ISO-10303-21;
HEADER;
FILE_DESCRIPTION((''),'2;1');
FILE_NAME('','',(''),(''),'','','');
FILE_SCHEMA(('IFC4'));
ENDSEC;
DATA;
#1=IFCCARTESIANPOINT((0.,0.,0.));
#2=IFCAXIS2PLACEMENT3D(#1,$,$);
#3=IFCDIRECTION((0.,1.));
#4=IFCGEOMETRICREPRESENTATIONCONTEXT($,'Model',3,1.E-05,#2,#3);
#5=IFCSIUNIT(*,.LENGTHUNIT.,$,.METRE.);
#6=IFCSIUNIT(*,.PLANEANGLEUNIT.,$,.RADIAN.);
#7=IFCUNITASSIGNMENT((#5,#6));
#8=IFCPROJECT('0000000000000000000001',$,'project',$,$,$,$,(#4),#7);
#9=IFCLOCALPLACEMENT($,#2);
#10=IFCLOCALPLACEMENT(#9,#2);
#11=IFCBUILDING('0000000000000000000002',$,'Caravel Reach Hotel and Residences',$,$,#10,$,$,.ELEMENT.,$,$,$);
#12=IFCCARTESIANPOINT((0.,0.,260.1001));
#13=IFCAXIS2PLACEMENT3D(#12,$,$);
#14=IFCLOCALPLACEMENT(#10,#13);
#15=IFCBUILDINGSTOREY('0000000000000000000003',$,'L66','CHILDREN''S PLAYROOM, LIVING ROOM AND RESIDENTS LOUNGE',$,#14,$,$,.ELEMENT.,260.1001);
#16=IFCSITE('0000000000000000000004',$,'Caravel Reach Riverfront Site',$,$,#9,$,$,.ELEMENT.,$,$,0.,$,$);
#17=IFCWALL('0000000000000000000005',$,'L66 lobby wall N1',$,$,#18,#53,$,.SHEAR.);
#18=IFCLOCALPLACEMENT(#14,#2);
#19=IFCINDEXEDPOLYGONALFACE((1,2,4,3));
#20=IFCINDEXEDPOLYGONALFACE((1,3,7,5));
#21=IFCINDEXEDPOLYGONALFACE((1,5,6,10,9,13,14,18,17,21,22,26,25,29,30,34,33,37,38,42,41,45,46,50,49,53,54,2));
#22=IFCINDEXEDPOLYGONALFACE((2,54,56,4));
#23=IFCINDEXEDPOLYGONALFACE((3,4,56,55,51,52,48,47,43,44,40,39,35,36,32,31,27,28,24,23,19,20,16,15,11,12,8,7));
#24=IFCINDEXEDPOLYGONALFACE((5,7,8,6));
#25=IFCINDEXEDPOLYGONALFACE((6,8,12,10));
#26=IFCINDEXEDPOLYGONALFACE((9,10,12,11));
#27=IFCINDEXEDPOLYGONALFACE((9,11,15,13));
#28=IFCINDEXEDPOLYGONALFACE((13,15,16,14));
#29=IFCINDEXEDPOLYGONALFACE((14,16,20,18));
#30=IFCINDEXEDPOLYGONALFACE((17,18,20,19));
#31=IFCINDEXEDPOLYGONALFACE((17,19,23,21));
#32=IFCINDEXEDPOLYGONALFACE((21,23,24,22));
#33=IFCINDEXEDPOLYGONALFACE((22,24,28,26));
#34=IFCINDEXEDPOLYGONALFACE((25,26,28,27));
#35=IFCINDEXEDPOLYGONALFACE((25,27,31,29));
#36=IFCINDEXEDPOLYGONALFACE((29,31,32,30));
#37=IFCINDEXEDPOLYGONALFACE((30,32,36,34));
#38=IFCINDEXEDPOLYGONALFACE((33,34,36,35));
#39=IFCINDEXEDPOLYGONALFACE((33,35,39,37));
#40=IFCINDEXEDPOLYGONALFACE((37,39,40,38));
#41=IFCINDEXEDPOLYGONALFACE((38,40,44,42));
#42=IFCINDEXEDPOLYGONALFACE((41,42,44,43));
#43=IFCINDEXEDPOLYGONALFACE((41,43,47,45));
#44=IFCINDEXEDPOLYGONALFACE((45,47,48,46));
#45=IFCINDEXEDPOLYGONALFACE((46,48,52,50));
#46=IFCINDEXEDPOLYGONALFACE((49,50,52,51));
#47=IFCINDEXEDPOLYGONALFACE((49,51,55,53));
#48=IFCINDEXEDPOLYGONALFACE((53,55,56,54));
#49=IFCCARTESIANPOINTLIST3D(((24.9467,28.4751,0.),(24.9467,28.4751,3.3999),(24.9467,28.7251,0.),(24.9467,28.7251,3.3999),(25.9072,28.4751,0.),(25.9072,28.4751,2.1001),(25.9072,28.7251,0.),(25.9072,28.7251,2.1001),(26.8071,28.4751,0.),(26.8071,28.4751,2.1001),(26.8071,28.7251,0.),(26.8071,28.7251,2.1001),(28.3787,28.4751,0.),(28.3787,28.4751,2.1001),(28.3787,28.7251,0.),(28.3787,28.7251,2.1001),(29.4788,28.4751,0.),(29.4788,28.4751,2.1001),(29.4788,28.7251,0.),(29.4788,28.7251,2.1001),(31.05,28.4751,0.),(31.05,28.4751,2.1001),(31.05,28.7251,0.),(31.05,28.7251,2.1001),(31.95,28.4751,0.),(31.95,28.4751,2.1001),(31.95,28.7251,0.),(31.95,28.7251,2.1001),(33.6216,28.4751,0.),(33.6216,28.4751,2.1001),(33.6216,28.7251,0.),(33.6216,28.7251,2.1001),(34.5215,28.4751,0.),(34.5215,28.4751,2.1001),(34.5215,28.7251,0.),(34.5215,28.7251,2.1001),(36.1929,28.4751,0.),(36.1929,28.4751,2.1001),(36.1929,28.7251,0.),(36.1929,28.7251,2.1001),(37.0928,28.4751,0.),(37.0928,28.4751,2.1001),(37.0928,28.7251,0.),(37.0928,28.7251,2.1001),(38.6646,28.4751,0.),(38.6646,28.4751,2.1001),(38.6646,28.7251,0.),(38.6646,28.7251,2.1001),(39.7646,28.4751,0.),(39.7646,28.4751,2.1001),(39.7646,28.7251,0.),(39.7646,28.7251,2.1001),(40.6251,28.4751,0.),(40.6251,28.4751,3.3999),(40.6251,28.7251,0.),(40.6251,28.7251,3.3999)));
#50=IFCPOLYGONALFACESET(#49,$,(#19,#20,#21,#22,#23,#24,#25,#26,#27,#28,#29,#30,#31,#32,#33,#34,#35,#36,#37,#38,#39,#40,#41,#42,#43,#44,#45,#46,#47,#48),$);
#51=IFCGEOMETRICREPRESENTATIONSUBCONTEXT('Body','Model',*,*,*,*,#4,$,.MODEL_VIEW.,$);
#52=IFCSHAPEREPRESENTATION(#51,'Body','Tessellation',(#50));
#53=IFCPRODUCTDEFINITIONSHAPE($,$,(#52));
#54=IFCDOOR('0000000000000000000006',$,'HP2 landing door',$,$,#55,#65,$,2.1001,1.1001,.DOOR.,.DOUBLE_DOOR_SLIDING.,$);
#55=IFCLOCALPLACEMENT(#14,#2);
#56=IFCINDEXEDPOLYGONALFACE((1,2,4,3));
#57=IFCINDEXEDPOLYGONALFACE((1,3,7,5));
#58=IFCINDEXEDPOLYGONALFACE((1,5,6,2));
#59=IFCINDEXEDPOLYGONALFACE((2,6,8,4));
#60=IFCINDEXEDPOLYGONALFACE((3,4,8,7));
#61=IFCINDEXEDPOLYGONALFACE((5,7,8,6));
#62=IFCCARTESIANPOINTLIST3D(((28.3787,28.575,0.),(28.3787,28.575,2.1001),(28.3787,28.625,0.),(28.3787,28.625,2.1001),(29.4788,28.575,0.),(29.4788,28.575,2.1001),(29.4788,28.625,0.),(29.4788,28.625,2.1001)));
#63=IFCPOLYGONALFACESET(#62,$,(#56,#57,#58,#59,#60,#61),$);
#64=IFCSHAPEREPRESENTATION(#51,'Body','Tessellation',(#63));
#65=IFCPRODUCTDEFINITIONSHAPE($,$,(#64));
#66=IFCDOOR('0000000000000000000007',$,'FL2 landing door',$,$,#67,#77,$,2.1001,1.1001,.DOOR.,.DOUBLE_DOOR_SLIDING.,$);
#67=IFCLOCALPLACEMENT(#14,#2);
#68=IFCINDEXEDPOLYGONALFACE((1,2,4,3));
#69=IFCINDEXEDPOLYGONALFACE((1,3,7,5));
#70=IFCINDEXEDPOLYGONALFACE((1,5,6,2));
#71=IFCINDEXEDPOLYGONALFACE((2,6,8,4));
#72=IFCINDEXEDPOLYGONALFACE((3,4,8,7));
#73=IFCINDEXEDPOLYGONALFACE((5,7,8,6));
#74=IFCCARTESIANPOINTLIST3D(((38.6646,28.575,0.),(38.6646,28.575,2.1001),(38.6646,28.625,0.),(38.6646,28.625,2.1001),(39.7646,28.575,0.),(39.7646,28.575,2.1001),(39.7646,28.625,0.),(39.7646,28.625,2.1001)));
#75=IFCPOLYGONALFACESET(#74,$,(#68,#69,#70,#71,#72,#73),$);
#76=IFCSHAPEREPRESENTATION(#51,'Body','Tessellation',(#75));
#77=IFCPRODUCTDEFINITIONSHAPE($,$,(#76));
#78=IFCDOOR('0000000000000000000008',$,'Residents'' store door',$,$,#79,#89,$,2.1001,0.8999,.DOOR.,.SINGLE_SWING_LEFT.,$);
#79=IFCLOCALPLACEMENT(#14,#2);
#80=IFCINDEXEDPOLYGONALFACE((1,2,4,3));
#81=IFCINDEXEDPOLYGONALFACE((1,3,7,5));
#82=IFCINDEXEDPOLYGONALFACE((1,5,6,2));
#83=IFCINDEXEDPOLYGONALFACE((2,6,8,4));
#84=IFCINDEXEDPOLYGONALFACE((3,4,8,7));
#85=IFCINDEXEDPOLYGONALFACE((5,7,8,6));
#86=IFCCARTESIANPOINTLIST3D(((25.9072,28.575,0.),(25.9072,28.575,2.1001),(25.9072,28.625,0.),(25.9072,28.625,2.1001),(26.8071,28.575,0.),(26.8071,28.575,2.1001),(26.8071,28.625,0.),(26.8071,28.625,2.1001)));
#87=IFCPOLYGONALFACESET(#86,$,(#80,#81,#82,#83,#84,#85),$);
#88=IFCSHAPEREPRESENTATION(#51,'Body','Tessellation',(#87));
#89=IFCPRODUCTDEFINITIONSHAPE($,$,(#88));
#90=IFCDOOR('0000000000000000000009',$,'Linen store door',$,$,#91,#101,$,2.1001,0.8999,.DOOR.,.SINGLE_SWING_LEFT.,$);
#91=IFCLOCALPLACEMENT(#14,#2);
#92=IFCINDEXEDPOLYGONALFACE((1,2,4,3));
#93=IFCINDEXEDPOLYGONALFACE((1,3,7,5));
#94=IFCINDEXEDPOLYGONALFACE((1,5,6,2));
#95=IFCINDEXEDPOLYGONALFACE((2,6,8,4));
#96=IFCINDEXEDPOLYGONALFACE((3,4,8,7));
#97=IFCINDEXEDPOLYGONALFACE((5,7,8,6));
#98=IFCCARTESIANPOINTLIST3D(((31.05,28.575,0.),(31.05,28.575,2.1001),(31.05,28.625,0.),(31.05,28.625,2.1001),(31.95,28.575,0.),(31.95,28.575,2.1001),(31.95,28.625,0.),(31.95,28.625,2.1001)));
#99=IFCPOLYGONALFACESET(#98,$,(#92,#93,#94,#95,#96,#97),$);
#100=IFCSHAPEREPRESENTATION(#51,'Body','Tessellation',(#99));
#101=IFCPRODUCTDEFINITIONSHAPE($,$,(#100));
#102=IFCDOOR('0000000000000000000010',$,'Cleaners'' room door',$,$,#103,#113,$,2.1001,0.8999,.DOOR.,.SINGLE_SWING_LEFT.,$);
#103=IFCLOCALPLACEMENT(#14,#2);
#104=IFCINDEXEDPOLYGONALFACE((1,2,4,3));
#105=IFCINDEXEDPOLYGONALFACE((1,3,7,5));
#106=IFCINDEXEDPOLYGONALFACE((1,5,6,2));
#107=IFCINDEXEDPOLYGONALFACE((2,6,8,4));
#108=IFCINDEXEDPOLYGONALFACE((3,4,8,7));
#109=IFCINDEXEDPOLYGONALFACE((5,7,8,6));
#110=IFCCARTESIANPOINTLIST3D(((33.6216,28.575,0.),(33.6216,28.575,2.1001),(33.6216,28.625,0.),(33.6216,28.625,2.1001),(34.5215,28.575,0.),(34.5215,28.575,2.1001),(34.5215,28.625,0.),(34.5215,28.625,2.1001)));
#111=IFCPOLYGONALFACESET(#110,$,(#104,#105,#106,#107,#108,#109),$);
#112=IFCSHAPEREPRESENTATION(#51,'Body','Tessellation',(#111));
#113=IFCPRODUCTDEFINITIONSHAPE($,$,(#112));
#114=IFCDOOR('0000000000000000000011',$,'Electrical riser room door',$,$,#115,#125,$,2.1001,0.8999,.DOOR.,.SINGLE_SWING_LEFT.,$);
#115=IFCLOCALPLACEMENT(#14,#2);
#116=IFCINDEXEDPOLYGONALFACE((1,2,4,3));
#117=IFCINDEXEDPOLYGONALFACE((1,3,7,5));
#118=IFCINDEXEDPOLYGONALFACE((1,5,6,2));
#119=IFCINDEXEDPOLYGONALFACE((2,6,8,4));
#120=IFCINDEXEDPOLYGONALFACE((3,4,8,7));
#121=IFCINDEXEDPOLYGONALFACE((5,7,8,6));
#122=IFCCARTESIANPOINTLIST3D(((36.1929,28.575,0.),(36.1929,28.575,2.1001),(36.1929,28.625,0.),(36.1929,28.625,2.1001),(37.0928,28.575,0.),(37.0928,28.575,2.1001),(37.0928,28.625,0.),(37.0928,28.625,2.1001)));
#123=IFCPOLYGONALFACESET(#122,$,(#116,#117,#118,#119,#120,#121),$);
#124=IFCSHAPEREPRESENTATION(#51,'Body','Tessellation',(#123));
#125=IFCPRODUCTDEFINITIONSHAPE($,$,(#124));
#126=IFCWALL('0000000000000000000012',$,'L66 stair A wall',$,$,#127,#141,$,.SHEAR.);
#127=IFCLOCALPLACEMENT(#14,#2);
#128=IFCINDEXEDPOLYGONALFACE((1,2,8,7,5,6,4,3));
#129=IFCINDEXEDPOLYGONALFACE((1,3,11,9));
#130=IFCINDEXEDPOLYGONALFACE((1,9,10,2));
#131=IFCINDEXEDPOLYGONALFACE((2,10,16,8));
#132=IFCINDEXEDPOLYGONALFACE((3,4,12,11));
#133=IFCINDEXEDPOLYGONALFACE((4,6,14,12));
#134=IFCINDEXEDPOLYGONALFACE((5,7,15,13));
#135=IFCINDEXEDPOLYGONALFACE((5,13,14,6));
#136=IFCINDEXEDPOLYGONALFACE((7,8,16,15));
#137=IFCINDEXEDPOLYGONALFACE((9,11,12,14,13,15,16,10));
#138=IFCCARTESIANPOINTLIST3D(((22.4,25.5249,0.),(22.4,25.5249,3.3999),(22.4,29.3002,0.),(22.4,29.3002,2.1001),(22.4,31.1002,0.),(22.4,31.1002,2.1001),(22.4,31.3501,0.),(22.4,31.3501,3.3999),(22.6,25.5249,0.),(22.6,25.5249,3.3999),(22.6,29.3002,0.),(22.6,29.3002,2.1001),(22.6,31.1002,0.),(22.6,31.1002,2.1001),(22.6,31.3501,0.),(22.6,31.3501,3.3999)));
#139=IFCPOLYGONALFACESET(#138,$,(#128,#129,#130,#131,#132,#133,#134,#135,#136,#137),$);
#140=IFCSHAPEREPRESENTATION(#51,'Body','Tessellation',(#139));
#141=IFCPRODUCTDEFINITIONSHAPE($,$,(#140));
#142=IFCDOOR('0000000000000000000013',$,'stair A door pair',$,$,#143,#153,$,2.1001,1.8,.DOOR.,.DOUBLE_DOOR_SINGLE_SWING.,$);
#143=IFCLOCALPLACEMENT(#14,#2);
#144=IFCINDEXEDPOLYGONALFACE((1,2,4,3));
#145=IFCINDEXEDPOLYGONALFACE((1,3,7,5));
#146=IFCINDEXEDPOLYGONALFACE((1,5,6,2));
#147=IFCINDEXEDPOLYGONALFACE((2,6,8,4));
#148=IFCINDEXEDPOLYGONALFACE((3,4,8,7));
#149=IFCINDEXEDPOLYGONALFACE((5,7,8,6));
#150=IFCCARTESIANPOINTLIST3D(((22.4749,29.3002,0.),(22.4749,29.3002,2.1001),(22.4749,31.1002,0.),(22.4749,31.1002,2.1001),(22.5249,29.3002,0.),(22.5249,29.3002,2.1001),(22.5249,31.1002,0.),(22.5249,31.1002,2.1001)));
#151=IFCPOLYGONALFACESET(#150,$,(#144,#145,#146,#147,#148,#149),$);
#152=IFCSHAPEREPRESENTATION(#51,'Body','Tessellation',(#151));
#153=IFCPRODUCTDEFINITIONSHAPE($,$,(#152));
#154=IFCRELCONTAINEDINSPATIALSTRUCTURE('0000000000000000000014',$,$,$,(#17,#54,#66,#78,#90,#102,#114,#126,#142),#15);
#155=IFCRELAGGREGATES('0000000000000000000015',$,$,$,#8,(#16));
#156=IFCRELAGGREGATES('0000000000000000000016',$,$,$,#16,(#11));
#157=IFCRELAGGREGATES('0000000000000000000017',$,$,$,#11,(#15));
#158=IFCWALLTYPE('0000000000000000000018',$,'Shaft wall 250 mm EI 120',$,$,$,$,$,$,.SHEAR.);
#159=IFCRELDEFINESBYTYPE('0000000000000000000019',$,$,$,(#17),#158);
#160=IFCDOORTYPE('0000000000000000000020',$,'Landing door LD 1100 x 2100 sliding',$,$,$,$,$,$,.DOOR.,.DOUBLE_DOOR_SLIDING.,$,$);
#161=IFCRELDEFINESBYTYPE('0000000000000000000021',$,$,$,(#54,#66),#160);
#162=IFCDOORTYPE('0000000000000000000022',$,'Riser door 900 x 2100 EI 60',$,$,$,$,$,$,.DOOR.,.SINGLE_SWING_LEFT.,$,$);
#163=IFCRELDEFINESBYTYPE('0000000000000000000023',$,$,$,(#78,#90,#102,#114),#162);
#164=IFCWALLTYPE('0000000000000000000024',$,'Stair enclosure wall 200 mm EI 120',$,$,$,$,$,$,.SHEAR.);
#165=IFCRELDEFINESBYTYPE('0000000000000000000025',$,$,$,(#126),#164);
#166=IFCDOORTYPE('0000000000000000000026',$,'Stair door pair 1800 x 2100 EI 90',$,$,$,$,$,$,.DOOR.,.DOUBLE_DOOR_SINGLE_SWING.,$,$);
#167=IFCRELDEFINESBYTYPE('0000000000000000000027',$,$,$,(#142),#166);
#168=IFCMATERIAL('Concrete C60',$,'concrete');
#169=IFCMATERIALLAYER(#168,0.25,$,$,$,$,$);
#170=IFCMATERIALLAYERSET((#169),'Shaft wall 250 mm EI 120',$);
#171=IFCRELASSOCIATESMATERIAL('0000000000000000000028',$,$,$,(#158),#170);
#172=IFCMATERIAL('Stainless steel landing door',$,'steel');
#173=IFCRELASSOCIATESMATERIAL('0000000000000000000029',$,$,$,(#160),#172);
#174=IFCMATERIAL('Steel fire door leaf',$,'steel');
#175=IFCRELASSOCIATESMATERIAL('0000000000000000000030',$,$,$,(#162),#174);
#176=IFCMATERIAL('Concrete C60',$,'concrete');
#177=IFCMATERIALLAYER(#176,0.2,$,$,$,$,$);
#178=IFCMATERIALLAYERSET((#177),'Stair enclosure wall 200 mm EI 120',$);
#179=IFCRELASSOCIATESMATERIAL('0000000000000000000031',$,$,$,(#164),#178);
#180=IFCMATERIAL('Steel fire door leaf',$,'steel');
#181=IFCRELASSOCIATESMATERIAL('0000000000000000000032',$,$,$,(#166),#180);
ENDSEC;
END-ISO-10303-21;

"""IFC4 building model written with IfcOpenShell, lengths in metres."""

from ifc_helpers import new_model, si_unit, direction, frame, frame_2d, origin, place, context, subcontext, project, spatial, rectangle, extrude, material, layer, layer_set, type_object, element, fill, save


model = new_model("IFC4")

# Units and contexts
model_context = context("Model", 3, precision=1e-05, world=origin(), true_north=direction((0.0, 1.0)))
body_context = subcontext(model_context, "Body", "Model", "MODEL_VIEW")
ifc_project = project(units=[si_unit("LENGTHUNIT", "METRE"), si_unit("PLANEANGLEUNIT", "RADIAN")], contexts=[model_context])

# Site, building, storey
site_placement = place(None, origin())
site = spatial("IfcSite", under=ifc_project, at=site_placement, Name="Caravel Reach Riverfront Site", CompositionType="ELEMENT", RefElevation=0.0)
building_placement = place(site_placement, origin())
building = spatial("IfcBuilding", under=site, at=building_placement, Name="Caravel Reach Hotel and Residences", CompositionType="ELEMENT")
storey_placement = place(building_placement, frame((0.0, 0.0, 260.1001)))
storey = spatial("IfcBuildingStorey", under=building, at=storey_placement, Name="L66", Description="CHILDREN'S PLAYROOM, LIVING ROOM AND RESIDENTS LOUNGE", CompositionType="ELEMENT", Elevation=260.1001)

# Wall, openings, doors
ifc_material_1 = material(Name="Concrete C60", Category="concrete")
ifc_layer_1 = layer(ifc_material_1, 0.25)
ifc_layer_set_1 = layer_set([ifc_layer_1], Name="Shaft wall 250 mm EI 120")
wall_type_1 = type_object("IfcWallType", Name="Shaft wall 250 mm EI 120", PredefinedType="SHEAR", material=ifc_layer_set_1)
wall_1_placement = place(storey_placement, frame((24.9465, 28.6001, 0.0), z_axis=(0.0, 0.0, 1.0), x_axis=(1.0, 0.0, 0.0)))
wall_1 = element("IfcWall", 1, at=wall_1_placement, inside=storey, type_object=wall_type_1, Name="L66 lobby wall N1", PredefinedType="SHEAR", context=body_context, shape_type="SweptSolid", body=[
    extrude(rectangle(XDim=15.6785, YDim=0.25, at=frame_2d((7.8394, 0.0))), origin(), (0.0, 0.0, 1.0), 3.3999),
])
opening_1_placement = place(wall_1_placement, frame((3.4321, 0.0, 0.0)))
opening_1 = element("IfcOpeningElement", 2, at=opening_1_placement, cuts=wall_1, PredefinedType="OPENING", context=body_context, shape_type="SweptSolid", body=[
    extrude(rectangle(XDim=1.1001, YDim=2.1001, at=frame_2d((0.55, 1.05))), frame((0.0, 0.135, 0.0), z_axis=(0.0, -1.0, 0.0), x_axis=(1.0, 0.0, 0.0)), (0.0, 0.0, 1.0), 0.27),
])
opening_2_placement = place(wall_1_placement, frame((13.718, 0.0, 0.0)))
opening_2 = element("IfcOpeningElement", 3, at=opening_2_placement, cuts=wall_1, PredefinedType="OPENING", context=body_context, shape_type="SweptSolid", body=[
    extrude(rectangle(XDim=1.1001, YDim=2.1001, at=frame_2d((0.55, 1.05))), frame((0.0, 0.135, 0.0), z_axis=(0.0, -1.0, 0.0), x_axis=(1.0, 0.0, 0.0)), (0.0, 0.0, 1.0), 0.27),
])
opening_3_placement = place(wall_1_placement, frame((0.9607, 0.0, 0.0)))
opening_3 = element("IfcOpeningElement", 4, at=opening_3_placement, cuts=wall_1, PredefinedType="OPENING", context=body_context, shape_type="SweptSolid", body=[
    extrude(rectangle(XDim=0.8999, YDim=2.1001, at=frame_2d((0.45, 1.05))), frame((0.0, 0.135, 0.0), z_axis=(0.0, -1.0, 0.0), x_axis=(1.0, 0.0, 0.0)), (0.0, 0.0, 1.0), 0.27),
])
opening_4_placement = place(wall_1_placement, frame((6.1035, 0.0, 0.0)))
opening_4 = element("IfcOpeningElement", 5, at=opening_4_placement, cuts=wall_1, PredefinedType="OPENING", context=body_context, shape_type="SweptSolid", body=[
    extrude(rectangle(XDim=0.8999, YDim=2.1001, at=frame_2d((0.45, 1.05))), frame((0.0, 0.135, 0.0), z_axis=(0.0, -1.0, 0.0), x_axis=(1.0, 0.0, 0.0)), (0.0, 0.0, 1.0), 0.27),
])
opening_5_placement = place(wall_1_placement, frame((8.675, 0.0, 0.0)))
opening_5 = element("IfcOpeningElement", 6, at=opening_5_placement, cuts=wall_1, PredefinedType="OPENING", context=body_context, shape_type="SweptSolid", body=[
    extrude(rectangle(XDim=0.8999, YDim=2.1001, at=frame_2d((0.45, 1.05))), frame((0.0, 0.135, 0.0), z_axis=(0.0, -1.0, 0.0), x_axis=(1.0, 0.0, 0.0)), (0.0, 0.0, 1.0), 0.27),
])
opening_6_placement = place(wall_1_placement, frame((11.2463, 0.0, 0.0)))
opening_6 = element("IfcOpeningElement", 7, at=opening_6_placement, cuts=wall_1, PredefinedType="OPENING", context=body_context, shape_type="SweptSolid", body=[
    extrude(rectangle(XDim=0.8999, YDim=2.1001, at=frame_2d((0.45, 1.05))), frame((0.0, 0.135, 0.0), z_axis=(0.0, -1.0, 0.0), x_axis=(1.0, 0.0, 0.0)), (0.0, 0.0, 1.0), 0.27),
])
ifc_material_2 = material(Name="Stainless steel landing door", Category="steel")
door_type_1 = type_object("IfcDoorType", Name="Landing door LD 1100 x 2100 sliding", OperationType="DOUBLE_DOOR_SLIDING", PredefinedType="DOOR", material=ifc_material_2)
door_1_placement = place(opening_1_placement, origin())
door_1 = element("IfcDoor", 8, at=door_1_placement, inside=storey, type_object=door_type_1, Name="HP2 landing door", OperationType="DOUBLE_DOOR_SLIDING", OverallHeight=2.1001, OverallWidth=1.1001, PredefinedType="DOOR", context=body_context, shape_type="SweptSolid", body=[
    extrude(rectangle(XDim=1.1001, YDim=2.1001, at=frame_2d((0.55, 1.05))), frame((0.0, 0.0249, 0.0), z_axis=(0.0, -1.0, 0.0), x_axis=(1.0, 0.0, 0.0)), (0.0, 0.0, 1.0), 0.05),
])
fill(opening_1, door_1)
door_2_placement = place(opening_2_placement, origin())
door_2 = element("IfcDoor", 9, at=door_2_placement, inside=storey, type_object=door_type_1, Name="FL2 landing door", OperationType="DOUBLE_DOOR_SLIDING", OverallHeight=2.1001, OverallWidth=1.1001, PredefinedType="DOOR", context=body_context, shape_type="SweptSolid", body=[
    extrude(rectangle(XDim=1.1001, YDim=2.1001, at=frame_2d((0.55, 1.05))), frame((0.0, 0.0249, 0.0), z_axis=(0.0, -1.0, 0.0), x_axis=(1.0, 0.0, 0.0)), (0.0, 0.0, 1.0), 0.05),
])
fill(opening_2, door_2)
ifc_material_3 = material(Name="Steel fire door leaf", Category="steel")
door_type_2 = type_object("IfcDoorType", Name="Riser door 900 x 2100 EI 60", OperationType="SINGLE_SWING_LEFT", PredefinedType="DOOR", material=ifc_material_3)
door_3_placement = place(opening_3_placement, origin())
door_3 = element("IfcDoor", 10, at=door_3_placement, inside=storey, type_object=door_type_2, Name="Residents' store door", OperationType="SINGLE_SWING_LEFT", OverallHeight=2.1001, OverallWidth=0.8999, PredefinedType="DOOR", context=body_context, shape_type="SweptSolid", body=[
    extrude(rectangle(XDim=0.8999, YDim=2.1001, at=frame_2d((0.45, 1.05))), frame((0.0, 0.0249, 0.0), z_axis=(0.0, -1.0, 0.0), x_axis=(1.0, 0.0, 0.0)), (0.0, 0.0, 1.0), 0.05),
])
fill(opening_3, door_3)
door_4_placement = place(opening_4_placement, origin())
door_4 = element("IfcDoor", 11, at=door_4_placement, inside=storey, type_object=door_type_2, Name="Linen store door", OperationType="SINGLE_SWING_LEFT", OverallHeight=2.1001, OverallWidth=0.8999, PredefinedType="DOOR", context=body_context, shape_type="SweptSolid", body=[
    extrude(rectangle(XDim=0.8999, YDim=2.1001, at=frame_2d((0.45, 1.05))), frame((0.0, 0.0249, 0.0), z_axis=(0.0, -1.0, 0.0), x_axis=(1.0, 0.0, 0.0)), (0.0, 0.0, 1.0), 0.05),
])
fill(opening_4, door_4)
door_5_placement = place(opening_5_placement, origin())
door_5 = element("IfcDoor", 12, at=door_5_placement, inside=storey, type_object=door_type_2, Name="Cleaners' room door", OperationType="SINGLE_SWING_LEFT", OverallHeight=2.1001, OverallWidth=0.8999, PredefinedType="DOOR", context=body_context, shape_type="SweptSolid", body=[
    extrude(rectangle(XDim=0.8999, YDim=2.1001, at=frame_2d((0.45, 1.05))), frame((0.0, 0.0249, 0.0), z_axis=(0.0, -1.0, 0.0), x_axis=(1.0, 0.0, 0.0)), (0.0, 0.0, 1.0), 0.05),
])
fill(opening_5, door_5)
door_6_placement = place(opening_6_placement, origin())
door_6 = element("IfcDoor", 13, at=door_6_placement, inside=storey, type_object=door_type_2, Name="Electrical riser room door", OperationType="SINGLE_SWING_LEFT", OverallHeight=2.1001, OverallWidth=0.8999, PredefinedType="DOOR", context=body_context, shape_type="SweptSolid", body=[
    extrude(rectangle(XDim=0.8999, YDim=2.1001, at=frame_2d((0.45, 1.05))), frame((0.0, 0.0249, 0.0), z_axis=(0.0, -1.0, 0.0), x_axis=(1.0, 0.0, 0.0)), (0.0, 0.0, 1.0), 0.05),
])
fill(opening_6, door_6)

# Wall, opening, door
ifc_material_4 = material(Name="Concrete C60", Category="concrete")
ifc_layer_2 = layer(ifc_material_4, 0.2)
ifc_layer_set_2 = layer_set([ifc_layer_2], Name="Stair enclosure wall 200 mm EI 120")
wall_type_2 = type_object("IfcWallType", Name="Stair enclosure wall 200 mm EI 120", PredefinedType="SHEAR", material=ifc_layer_set_2)
wall_2_placement = place(storey_placement, frame((22.5, 31.3501, 0.0), z_axis=(0.0, 0.0, 1.0), x_axis=(0.0, -1.0, 0.0)))
wall_2 = element("IfcWall", 14, at=wall_2_placement, inside=storey, type_object=wall_type_2, Name="L66 stair A wall", PredefinedType="SHEAR", context=body_context, shape_type="SweptSolid", body=[
    extrude(rectangle(XDim=5.8252, YDim=0.2, at=frame_2d((2.9126, 0.0))), origin(), (0.0, 0.0, 1.0), 3.3999),
])
opening_7_placement = place(wall_2_placement, frame((0.25, 0.0, 0.0)))
opening_7 = element("IfcOpeningElement", 15, at=opening_7_placement, cuts=wall_2, PredefinedType="OPENING", context=body_context, shape_type="SweptSolid", body=[
    extrude(rectangle(XDim=1.8, YDim=2.1001, at=frame_2d((0.8999, 1.05))), frame((0.0, 0.1099, 0.0), z_axis=(0.0, -1.0, 0.0), x_axis=(1.0, 0.0, 0.0)), (0.0, 0.0, 1.0), 0.22),
])
ifc_material_5 = material(Name="Steel fire door leaf", Category="steel")
door_type_3 = type_object("IfcDoorType", Name="Stair door pair 1800 x 2100 EI 90", OperationType="DOUBLE_DOOR_SINGLE_SWING", PredefinedType="DOOR", material=ifc_material_5)
door_7_placement = place(opening_7_placement, origin())
door_7 = element("IfcDoor", 16, at=door_7_placement, inside=storey, type_object=door_type_3, Name="stair A door pair", OperationType="DOUBLE_DOOR_SINGLE_SWING", OverallHeight=2.1001, OverallWidth=1.8, PredefinedType="DOOR", context=body_context, shape_type="SweptSolid", body=[
    extrude(rectangle(XDim=1.8, YDim=2.1001, at=frame_2d((0.8999, 1.05))), frame((0.0, 0.0249, 0.0), z_axis=(0.0, -1.0, 0.0), x_axis=(1.0, 0.0, 0.0)), (0.0, 0.0, 1.0), 0.05),
])
fill(opening_7, door_7)

save(model, "model.ifc")
